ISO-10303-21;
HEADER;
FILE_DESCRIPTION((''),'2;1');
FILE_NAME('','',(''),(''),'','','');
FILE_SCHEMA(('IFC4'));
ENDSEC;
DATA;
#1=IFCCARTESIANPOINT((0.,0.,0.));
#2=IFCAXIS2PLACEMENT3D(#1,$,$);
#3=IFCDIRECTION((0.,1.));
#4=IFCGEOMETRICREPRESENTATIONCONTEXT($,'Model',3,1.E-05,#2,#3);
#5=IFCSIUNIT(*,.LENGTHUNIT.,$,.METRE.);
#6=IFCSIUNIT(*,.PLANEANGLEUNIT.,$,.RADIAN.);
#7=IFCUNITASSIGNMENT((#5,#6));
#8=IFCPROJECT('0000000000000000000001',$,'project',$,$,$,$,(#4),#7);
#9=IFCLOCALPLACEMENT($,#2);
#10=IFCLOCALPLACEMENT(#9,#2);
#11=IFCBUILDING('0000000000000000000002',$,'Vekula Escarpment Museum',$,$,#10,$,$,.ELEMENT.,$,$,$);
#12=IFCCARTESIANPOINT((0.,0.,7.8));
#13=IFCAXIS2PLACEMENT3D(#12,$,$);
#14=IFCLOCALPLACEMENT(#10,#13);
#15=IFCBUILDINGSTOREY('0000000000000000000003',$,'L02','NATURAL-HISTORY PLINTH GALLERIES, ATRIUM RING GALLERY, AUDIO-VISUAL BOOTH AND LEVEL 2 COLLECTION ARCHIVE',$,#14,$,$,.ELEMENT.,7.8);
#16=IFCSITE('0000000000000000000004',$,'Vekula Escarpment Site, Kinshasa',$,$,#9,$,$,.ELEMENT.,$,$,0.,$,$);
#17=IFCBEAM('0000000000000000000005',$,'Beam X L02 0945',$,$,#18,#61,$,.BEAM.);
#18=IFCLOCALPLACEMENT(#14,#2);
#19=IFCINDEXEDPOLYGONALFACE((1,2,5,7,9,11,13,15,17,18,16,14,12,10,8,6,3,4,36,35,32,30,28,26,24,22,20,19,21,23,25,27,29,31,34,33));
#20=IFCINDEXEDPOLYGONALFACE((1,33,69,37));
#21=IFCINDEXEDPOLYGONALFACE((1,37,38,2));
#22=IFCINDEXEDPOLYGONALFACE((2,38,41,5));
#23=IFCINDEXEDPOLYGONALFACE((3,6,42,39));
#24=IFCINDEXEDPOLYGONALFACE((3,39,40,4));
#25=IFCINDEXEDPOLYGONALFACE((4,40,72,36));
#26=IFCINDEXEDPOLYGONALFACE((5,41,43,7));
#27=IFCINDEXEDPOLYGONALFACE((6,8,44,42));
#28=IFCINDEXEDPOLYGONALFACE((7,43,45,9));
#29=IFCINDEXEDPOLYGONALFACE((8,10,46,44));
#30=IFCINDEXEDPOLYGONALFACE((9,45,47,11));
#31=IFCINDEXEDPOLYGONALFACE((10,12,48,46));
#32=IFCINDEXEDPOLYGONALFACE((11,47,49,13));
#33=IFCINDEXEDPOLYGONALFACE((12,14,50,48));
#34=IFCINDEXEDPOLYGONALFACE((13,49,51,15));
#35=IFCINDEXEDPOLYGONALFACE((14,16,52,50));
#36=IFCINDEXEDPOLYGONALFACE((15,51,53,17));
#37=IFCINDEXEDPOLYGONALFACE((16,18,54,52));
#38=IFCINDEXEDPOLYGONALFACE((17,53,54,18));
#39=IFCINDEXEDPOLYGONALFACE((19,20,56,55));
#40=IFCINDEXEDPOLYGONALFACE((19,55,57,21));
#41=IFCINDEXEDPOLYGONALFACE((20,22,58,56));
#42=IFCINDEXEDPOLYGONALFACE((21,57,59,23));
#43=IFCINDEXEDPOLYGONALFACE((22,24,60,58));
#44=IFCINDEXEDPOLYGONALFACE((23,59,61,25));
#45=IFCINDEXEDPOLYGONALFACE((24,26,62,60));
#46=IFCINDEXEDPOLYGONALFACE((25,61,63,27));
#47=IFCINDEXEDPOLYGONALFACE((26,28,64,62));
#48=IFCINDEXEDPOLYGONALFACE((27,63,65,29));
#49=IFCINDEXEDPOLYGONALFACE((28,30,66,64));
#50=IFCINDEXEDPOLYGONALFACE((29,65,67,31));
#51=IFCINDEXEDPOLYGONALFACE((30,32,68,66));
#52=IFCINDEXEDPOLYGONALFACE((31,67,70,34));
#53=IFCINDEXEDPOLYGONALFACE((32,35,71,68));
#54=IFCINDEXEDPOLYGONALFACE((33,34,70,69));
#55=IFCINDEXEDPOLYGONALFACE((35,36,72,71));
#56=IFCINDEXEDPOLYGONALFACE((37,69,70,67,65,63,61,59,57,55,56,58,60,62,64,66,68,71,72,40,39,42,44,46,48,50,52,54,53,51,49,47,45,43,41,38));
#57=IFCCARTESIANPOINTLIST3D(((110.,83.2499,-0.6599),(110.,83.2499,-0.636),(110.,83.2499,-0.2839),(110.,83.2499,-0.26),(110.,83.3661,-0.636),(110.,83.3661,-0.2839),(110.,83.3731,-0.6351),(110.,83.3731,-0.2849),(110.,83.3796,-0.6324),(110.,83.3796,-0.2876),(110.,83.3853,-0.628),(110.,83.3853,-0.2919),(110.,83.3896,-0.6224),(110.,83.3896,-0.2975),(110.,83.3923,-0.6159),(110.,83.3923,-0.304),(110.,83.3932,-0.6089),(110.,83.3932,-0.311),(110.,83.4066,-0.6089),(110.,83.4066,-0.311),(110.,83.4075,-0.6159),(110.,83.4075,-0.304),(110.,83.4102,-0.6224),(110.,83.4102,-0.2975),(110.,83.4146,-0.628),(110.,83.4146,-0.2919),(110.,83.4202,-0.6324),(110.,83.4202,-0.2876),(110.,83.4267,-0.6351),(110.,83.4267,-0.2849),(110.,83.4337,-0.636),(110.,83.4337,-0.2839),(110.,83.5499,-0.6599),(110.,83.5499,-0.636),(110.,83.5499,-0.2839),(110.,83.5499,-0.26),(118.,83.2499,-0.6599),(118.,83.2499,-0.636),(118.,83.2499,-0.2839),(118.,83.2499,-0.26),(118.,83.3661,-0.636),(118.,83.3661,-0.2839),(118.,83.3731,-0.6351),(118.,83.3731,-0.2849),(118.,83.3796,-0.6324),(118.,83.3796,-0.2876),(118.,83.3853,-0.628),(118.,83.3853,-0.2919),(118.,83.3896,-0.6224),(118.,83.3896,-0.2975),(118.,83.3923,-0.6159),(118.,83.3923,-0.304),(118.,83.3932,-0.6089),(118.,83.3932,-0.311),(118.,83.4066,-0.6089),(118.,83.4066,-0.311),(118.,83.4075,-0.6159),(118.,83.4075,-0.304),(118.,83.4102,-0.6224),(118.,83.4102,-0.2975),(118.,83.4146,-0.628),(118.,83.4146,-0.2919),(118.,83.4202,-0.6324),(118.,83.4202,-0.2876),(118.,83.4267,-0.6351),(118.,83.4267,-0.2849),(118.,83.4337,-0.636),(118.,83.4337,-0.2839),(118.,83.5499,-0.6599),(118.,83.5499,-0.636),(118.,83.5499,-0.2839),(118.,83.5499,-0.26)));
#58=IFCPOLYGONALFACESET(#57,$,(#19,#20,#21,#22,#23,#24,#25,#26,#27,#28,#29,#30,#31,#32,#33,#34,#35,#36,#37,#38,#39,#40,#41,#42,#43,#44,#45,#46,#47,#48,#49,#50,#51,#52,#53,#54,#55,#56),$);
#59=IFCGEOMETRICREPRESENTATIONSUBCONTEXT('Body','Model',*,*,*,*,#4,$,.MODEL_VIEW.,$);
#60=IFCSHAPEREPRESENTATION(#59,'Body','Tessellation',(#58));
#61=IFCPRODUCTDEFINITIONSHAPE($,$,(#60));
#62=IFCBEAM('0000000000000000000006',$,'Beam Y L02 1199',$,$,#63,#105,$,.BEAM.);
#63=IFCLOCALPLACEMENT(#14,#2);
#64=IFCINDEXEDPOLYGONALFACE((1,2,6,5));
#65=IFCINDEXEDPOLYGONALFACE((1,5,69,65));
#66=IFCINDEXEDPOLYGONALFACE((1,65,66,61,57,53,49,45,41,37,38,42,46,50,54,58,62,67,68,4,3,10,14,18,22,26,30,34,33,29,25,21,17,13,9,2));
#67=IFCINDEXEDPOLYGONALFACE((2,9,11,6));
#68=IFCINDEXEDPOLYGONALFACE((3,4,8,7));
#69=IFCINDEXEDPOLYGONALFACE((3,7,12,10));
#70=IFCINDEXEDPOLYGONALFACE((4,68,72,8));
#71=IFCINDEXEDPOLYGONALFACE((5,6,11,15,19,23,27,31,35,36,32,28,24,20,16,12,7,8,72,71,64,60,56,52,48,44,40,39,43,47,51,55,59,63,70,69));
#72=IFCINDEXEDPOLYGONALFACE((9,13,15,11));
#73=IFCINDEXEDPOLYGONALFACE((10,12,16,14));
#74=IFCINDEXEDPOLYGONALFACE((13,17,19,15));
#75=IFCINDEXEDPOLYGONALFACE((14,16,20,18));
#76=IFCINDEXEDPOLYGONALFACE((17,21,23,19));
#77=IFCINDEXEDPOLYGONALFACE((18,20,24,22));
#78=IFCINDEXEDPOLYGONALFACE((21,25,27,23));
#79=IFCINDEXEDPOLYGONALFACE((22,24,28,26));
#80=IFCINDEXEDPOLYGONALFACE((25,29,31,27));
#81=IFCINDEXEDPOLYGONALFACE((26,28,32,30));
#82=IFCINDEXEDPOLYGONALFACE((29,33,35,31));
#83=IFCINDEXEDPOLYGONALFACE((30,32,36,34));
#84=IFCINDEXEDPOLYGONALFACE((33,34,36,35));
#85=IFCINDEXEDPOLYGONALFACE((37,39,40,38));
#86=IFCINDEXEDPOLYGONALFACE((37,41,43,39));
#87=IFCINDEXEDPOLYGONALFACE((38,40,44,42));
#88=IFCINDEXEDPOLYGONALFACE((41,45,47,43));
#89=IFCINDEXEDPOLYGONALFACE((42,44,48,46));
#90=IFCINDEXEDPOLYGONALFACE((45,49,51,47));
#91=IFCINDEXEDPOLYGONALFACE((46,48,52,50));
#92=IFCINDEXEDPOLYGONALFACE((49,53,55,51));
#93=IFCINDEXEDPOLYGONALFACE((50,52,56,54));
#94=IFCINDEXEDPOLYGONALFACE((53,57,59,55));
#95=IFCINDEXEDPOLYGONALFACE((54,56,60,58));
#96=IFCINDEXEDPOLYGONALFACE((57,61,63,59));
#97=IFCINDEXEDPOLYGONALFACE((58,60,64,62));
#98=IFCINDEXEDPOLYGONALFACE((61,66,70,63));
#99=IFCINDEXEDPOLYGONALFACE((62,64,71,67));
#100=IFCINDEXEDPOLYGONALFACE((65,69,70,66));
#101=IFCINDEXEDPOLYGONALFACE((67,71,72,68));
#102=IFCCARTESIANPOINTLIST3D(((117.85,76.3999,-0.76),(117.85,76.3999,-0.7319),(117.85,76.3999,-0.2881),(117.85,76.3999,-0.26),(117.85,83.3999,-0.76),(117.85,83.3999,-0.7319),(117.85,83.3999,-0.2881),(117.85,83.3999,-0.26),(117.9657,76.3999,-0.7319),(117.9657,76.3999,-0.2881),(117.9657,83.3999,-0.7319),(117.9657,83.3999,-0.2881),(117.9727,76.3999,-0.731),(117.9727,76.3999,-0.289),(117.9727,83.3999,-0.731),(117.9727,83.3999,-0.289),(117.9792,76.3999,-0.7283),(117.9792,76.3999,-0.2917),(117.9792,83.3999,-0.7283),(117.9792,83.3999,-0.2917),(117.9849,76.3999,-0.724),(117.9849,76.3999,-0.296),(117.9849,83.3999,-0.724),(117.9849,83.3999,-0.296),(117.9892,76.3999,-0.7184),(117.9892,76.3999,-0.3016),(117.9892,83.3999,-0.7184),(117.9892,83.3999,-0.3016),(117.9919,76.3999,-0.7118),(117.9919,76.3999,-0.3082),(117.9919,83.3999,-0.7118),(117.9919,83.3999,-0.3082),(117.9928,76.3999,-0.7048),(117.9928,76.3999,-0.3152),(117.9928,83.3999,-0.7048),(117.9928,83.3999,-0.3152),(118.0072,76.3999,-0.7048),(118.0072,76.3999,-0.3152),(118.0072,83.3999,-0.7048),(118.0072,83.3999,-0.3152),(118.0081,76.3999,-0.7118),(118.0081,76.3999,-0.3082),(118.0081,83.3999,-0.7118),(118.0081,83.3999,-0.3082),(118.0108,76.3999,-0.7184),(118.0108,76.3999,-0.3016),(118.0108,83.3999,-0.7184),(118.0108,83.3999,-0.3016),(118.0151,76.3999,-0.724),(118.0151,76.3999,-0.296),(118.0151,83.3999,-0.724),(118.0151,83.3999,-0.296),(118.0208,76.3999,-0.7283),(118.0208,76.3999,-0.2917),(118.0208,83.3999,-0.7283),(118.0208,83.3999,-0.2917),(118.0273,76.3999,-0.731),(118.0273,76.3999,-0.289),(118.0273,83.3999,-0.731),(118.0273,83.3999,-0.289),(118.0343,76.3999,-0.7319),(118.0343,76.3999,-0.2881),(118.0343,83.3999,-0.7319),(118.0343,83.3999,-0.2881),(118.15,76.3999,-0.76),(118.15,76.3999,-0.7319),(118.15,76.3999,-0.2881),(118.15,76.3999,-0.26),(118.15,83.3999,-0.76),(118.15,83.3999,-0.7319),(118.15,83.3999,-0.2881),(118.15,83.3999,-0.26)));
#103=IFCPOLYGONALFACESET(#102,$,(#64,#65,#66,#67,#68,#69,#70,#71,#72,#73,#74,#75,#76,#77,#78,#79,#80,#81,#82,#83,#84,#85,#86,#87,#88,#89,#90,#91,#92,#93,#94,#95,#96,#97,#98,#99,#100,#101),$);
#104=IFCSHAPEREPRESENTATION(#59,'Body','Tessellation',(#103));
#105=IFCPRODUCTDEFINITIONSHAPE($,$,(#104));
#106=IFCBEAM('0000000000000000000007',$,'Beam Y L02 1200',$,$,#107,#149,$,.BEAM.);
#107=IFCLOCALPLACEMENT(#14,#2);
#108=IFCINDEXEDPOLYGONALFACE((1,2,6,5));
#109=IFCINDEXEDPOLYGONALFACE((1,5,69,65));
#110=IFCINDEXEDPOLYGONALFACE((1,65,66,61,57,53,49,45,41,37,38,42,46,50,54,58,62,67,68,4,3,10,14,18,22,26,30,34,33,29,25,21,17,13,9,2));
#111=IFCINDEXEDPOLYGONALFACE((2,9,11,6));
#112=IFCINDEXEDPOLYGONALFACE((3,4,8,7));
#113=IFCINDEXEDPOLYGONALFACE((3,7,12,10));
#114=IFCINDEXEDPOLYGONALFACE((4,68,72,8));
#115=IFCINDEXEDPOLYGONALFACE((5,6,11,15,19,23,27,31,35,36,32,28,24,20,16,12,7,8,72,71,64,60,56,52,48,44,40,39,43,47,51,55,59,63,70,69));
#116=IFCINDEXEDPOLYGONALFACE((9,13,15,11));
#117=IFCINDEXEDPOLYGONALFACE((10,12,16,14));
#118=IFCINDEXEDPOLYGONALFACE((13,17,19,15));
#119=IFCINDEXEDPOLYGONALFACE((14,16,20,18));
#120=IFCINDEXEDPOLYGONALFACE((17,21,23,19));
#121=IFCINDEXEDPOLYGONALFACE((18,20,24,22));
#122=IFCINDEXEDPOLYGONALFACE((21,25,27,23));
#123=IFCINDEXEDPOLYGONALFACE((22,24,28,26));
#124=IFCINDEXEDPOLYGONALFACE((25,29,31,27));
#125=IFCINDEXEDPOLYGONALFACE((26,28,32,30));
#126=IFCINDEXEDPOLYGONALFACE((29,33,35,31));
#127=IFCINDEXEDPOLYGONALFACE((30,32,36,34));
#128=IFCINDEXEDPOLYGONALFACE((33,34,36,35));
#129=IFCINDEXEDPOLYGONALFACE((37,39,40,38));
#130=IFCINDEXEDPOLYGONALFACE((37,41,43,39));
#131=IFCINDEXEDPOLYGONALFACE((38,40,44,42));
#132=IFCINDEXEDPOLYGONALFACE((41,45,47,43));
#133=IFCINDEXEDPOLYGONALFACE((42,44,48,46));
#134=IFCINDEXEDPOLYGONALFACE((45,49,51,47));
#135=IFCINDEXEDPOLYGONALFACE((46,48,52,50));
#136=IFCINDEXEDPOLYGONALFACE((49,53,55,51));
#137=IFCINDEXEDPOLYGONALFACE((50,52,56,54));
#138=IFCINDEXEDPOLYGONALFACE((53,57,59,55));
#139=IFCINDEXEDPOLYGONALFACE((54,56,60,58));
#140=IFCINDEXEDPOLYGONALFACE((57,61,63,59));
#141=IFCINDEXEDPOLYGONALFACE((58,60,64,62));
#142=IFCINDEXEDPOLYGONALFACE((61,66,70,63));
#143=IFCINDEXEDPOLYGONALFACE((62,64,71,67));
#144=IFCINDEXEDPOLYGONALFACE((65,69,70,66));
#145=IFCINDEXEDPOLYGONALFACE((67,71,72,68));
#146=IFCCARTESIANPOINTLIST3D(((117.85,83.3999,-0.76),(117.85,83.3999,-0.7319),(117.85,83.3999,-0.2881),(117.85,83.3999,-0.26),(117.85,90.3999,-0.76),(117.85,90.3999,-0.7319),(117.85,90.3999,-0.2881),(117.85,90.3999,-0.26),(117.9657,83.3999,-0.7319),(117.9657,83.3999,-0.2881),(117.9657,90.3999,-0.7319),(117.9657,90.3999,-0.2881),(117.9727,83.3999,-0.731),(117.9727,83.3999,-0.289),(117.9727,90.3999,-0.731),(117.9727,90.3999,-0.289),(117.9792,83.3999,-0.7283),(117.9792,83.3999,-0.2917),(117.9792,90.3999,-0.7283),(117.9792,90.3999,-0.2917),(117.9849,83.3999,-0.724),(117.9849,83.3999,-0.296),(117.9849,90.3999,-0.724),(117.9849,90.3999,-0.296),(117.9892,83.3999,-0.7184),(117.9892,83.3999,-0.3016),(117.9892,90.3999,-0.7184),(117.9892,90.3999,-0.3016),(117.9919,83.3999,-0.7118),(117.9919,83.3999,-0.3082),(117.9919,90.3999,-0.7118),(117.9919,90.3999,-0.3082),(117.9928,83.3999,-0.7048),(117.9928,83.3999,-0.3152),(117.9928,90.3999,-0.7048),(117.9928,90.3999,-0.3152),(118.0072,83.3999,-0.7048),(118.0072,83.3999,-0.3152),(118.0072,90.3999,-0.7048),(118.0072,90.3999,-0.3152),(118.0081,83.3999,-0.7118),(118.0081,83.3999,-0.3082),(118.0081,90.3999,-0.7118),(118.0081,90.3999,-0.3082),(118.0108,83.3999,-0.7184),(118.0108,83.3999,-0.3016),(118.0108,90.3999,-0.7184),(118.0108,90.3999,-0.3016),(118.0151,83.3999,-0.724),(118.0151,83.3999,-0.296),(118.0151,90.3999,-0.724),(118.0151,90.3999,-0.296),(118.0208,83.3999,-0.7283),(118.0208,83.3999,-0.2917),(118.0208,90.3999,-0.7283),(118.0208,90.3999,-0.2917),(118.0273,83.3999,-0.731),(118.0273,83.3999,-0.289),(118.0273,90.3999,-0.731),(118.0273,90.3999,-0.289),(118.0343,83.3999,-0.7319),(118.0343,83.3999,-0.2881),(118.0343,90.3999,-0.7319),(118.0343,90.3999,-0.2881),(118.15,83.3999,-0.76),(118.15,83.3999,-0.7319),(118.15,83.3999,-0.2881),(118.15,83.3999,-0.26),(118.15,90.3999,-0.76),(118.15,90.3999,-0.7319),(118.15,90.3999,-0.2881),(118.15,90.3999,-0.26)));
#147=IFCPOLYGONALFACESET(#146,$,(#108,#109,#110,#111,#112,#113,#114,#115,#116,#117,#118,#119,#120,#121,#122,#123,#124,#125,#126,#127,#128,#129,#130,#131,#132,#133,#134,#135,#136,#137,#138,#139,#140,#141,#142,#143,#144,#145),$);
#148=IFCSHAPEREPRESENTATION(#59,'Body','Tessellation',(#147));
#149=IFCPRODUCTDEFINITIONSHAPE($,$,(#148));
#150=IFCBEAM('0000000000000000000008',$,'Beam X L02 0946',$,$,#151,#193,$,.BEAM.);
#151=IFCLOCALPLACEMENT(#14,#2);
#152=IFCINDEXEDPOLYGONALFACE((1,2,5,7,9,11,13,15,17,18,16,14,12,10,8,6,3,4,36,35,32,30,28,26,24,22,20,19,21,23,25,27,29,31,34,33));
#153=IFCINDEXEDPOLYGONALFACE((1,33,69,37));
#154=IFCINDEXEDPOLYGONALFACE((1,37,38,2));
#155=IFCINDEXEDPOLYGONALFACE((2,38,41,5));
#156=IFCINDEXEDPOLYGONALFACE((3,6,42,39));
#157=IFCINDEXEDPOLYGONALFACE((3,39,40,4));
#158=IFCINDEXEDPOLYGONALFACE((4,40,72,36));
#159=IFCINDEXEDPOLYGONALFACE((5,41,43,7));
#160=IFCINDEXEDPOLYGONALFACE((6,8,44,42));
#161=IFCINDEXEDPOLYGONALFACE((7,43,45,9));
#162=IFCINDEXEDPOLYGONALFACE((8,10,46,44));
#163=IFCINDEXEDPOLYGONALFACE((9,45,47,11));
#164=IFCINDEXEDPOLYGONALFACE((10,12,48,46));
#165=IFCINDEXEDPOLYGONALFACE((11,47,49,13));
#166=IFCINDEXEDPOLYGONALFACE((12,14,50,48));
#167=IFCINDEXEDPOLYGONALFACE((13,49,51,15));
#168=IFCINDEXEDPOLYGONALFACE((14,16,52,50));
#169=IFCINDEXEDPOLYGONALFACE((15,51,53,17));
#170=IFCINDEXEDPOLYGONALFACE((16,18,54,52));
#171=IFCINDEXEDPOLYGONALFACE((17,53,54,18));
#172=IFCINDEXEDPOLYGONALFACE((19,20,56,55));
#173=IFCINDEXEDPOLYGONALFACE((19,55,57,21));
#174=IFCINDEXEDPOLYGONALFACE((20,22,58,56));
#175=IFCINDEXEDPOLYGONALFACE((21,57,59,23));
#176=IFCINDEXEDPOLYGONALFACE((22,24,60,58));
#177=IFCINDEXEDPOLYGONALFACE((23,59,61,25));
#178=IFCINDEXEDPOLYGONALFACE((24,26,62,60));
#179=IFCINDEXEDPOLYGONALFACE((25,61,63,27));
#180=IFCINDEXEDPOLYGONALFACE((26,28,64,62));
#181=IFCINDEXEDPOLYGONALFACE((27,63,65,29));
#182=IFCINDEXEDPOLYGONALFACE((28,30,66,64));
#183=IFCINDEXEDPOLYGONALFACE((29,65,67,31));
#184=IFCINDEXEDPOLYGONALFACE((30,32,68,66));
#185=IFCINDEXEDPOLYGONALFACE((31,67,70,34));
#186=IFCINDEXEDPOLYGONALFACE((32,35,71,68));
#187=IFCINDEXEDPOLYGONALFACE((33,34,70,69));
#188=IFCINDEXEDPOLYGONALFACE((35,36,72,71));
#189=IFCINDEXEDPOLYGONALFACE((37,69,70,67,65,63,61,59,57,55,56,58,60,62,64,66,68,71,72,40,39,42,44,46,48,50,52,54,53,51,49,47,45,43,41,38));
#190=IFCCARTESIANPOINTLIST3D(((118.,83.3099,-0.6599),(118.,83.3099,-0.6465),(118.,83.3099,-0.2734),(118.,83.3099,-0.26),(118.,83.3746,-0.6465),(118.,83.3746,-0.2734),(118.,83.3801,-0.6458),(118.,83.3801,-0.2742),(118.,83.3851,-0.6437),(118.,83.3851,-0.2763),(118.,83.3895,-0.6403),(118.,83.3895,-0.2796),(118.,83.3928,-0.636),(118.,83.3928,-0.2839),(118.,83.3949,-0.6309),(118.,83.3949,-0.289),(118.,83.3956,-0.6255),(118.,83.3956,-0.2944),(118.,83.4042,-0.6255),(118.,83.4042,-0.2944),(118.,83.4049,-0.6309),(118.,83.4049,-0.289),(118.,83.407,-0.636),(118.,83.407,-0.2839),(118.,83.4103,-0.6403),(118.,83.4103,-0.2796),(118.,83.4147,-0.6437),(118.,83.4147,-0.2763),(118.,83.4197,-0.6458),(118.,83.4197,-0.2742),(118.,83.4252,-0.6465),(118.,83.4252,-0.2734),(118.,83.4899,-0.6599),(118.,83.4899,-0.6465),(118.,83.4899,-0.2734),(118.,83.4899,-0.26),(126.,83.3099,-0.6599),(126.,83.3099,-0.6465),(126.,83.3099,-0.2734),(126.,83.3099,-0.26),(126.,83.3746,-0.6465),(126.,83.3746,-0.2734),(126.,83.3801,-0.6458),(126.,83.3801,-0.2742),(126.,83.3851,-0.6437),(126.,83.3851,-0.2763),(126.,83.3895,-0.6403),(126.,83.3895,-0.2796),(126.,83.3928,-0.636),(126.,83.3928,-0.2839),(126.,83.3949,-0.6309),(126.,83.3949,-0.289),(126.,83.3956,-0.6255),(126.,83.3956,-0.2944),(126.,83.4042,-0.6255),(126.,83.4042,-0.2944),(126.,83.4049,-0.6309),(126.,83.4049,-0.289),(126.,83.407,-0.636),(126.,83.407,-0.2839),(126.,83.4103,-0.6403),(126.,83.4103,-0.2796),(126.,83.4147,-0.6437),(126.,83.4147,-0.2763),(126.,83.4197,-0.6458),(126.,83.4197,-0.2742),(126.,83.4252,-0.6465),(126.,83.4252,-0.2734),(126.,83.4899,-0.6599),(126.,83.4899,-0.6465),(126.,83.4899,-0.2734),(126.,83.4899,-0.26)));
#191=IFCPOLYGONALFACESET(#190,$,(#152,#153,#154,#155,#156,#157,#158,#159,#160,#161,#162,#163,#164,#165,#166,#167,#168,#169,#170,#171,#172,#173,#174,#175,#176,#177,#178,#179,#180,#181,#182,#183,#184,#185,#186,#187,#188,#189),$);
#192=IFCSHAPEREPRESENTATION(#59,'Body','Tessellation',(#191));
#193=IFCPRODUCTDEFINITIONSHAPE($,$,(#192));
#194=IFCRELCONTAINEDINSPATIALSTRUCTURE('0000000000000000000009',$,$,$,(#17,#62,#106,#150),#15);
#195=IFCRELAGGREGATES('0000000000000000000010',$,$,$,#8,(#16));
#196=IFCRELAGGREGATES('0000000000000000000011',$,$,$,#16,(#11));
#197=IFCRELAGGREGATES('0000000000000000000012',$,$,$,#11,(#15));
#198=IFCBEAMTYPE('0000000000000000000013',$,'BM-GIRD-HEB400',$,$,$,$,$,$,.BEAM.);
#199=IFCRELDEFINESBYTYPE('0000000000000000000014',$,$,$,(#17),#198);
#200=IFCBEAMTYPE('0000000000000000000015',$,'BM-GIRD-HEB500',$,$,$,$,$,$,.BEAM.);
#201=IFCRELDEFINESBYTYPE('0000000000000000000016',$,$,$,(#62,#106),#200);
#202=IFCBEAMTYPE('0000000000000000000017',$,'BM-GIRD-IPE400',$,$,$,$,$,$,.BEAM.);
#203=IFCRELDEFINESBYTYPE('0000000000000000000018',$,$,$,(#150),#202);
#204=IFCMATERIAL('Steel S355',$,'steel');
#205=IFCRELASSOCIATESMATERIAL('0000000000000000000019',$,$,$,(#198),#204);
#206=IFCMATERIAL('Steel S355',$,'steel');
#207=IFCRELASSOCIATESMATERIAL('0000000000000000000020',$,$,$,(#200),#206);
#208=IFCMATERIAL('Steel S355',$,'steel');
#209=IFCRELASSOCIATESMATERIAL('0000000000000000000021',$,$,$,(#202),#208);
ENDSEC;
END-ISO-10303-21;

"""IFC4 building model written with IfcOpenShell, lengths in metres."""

from ifc_helpers import new_model, si_unit, direction, frame, origin, origin_2d, place, context, subcontext, project, spatial, i_section, extrude, material, material_profile, profile_set, type_object, element, save


model = new_model("IFC4")

# Units and contexts
model_context = context("Model", 3, precision=1e-05, world=origin(), true_north=direction((0.0, 1.0)))
body_context = subcontext(model_context, "Body", "Model", "MODEL_VIEW")
ifc_project = project(units=[si_unit("LENGTHUNIT", "METRE"), si_unit("PLANEANGLEUNIT", "RADIAN")], contexts=[model_context])

# Site, building, storey
site_placement = place(None, origin())
site = spatial("IfcSite", under=ifc_project, at=site_placement, Name="Vekula Escarpment Site, Kinshasa", CompositionType="ELEMENT", RefElevation=0.0)
building_placement = place(site_placement, origin())
building = spatial("IfcBuilding", under=site, at=building_placement, Name="Vekula Escarpment Museum", CompositionType="ELEMENT")
storey_placement = place(building_placement, frame((0.0, 0.0, 7.8)))
storey = spatial("IfcBuildingStorey", under=building, at=storey_placement, Name="L02", Description="NATURAL-HISTORY PLINTH GALLERIES, ATRIUM RING GALLERY, AUDIO-VISUAL BOOTH AND LEVEL 2 COLLECTION ARCHIVE", CompositionType="ELEMENT", Elevation=7.8)

# Beams
ifc_material_1 = material(Name="Steel S355", Category="steel")
ifc_material_profile_1 = material_profile(ifc_material_1, i_section(OverallWidth=0.3, OverallDepth=0.3999, WebThickness=0.0134, FlangeThickness=0.0239, FilletRadius=0.0271, at=origin_2d()), Name="HEB 400")
ifc_profile_set_1 = profile_set([ifc_material_profile_1], Name="Steel S355")
beam_type_1 = type_object("IfcBeamType", Name="BM-GIRD-HEB400", PredefinedType="BEAM", material=ifc_profile_set_1)
beam_1_placement = place(storey_placement, frame((110.0, 83.3999, -0.46), z_axis=(1.0, 0.0, 0.0), x_axis=(0.0, 1.0, 0.0)))
element("IfcBeam", 1, at=beam_1_placement, inside=storey, type_object=beam_type_1, Name="Beam X L02 0945", PredefinedType="BEAM", context=body_context, shape_type="SweptSolid", body=[
    extrude(i_section(OverallWidth=0.3, OverallDepth=0.3999, WebThickness=0.0134, FlangeThickness=0.0239, FilletRadius=0.0271, at=origin_2d()), origin(), (0.0, 0.0, 1.0), 8.0),
])
ifc_material_2 = material(Name="Steel S355", Category="steel")
ifc_material_profile_2 = material_profile(ifc_material_2, i_section(OverallWidth=0.3, OverallDepth=0.5, WebThickness=0.0144, FlangeThickness=0.0281, FilletRadius=0.0271, at=origin_2d()), Name="HEB 500")
ifc_profile_set_2 = profile_set([ifc_material_profile_2], Name="Steel S355")
beam_type_2 = type_object("IfcBeamType", Name="BM-GIRD-HEB500", PredefinedType="BEAM", material=ifc_profile_set_2)
for number, where, z_axis, x_axis, name in (
    (2, (118.0, 76.3999, -0.51), (0.0, 1.0, 0.0), (-1.0, 0.0, 0.0), "Beam Y L02 1199"),
    (3, (118.0, 83.3999, -0.51), (0.0, 1.0, 0.0), (-1.0, 0.0, 0.0), "Beam Y L02 1200"),
):
    element("IfcBeam", number, at=place(storey_placement, frame(where, z_axis=z_axis, x_axis=x_axis)), inside=storey, type_object=beam_type_2, Name=name, PredefinedType="BEAM", context=body_context, shape_type="SweptSolid", body=[
        extrude(i_section(OverallWidth=0.3, OverallDepth=0.5, WebThickness=0.0144, FlangeThickness=0.0281, FilletRadius=0.0271, at=origin_2d()), origin(), (0.0, 0.0, 1.0), 7.0),
    ])
ifc_material_3 = material(Name="Steel S355", Category="steel")
ifc_material_profile_3 = material_profile(ifc_material_3, i_section(OverallWidth=0.1799, OverallDepth=0.3999, WebThickness=0.0085, FlangeThickness=0.0134, FilletRadius=0.021, at=origin_2d()), Name="IPE 400")
ifc_profile_set_3 = profile_set([ifc_material_profile_3], Name="Steel S355")
beam_type_3 = type_object("IfcBeamType", Name="BM-GIRD-IPE400", PredefinedType="BEAM", material=ifc_profile_set_3)
beam_2_placement = place(storey_placement, frame((118.0, 83.3999, -0.46), z_axis=(1.0, 0.0, 0.0), x_axis=(0.0, 1.0, 0.0)))
element("IfcBeam", 4, at=beam_2_placement, inside=storey, type_object=beam_type_3, Name="Beam X L02 0946", PredefinedType="BEAM", context=body_context, shape_type="SweptSolid", body=[
    extrude(i_section(OverallWidth=0.1799, OverallDepth=0.3999, WebThickness=0.0085, FlangeThickness=0.0134, FilletRadius=0.021, at=origin_2d()), origin(), (0.0, 0.0, 1.0), 8.0),
])

save(model, "model.ifc")
